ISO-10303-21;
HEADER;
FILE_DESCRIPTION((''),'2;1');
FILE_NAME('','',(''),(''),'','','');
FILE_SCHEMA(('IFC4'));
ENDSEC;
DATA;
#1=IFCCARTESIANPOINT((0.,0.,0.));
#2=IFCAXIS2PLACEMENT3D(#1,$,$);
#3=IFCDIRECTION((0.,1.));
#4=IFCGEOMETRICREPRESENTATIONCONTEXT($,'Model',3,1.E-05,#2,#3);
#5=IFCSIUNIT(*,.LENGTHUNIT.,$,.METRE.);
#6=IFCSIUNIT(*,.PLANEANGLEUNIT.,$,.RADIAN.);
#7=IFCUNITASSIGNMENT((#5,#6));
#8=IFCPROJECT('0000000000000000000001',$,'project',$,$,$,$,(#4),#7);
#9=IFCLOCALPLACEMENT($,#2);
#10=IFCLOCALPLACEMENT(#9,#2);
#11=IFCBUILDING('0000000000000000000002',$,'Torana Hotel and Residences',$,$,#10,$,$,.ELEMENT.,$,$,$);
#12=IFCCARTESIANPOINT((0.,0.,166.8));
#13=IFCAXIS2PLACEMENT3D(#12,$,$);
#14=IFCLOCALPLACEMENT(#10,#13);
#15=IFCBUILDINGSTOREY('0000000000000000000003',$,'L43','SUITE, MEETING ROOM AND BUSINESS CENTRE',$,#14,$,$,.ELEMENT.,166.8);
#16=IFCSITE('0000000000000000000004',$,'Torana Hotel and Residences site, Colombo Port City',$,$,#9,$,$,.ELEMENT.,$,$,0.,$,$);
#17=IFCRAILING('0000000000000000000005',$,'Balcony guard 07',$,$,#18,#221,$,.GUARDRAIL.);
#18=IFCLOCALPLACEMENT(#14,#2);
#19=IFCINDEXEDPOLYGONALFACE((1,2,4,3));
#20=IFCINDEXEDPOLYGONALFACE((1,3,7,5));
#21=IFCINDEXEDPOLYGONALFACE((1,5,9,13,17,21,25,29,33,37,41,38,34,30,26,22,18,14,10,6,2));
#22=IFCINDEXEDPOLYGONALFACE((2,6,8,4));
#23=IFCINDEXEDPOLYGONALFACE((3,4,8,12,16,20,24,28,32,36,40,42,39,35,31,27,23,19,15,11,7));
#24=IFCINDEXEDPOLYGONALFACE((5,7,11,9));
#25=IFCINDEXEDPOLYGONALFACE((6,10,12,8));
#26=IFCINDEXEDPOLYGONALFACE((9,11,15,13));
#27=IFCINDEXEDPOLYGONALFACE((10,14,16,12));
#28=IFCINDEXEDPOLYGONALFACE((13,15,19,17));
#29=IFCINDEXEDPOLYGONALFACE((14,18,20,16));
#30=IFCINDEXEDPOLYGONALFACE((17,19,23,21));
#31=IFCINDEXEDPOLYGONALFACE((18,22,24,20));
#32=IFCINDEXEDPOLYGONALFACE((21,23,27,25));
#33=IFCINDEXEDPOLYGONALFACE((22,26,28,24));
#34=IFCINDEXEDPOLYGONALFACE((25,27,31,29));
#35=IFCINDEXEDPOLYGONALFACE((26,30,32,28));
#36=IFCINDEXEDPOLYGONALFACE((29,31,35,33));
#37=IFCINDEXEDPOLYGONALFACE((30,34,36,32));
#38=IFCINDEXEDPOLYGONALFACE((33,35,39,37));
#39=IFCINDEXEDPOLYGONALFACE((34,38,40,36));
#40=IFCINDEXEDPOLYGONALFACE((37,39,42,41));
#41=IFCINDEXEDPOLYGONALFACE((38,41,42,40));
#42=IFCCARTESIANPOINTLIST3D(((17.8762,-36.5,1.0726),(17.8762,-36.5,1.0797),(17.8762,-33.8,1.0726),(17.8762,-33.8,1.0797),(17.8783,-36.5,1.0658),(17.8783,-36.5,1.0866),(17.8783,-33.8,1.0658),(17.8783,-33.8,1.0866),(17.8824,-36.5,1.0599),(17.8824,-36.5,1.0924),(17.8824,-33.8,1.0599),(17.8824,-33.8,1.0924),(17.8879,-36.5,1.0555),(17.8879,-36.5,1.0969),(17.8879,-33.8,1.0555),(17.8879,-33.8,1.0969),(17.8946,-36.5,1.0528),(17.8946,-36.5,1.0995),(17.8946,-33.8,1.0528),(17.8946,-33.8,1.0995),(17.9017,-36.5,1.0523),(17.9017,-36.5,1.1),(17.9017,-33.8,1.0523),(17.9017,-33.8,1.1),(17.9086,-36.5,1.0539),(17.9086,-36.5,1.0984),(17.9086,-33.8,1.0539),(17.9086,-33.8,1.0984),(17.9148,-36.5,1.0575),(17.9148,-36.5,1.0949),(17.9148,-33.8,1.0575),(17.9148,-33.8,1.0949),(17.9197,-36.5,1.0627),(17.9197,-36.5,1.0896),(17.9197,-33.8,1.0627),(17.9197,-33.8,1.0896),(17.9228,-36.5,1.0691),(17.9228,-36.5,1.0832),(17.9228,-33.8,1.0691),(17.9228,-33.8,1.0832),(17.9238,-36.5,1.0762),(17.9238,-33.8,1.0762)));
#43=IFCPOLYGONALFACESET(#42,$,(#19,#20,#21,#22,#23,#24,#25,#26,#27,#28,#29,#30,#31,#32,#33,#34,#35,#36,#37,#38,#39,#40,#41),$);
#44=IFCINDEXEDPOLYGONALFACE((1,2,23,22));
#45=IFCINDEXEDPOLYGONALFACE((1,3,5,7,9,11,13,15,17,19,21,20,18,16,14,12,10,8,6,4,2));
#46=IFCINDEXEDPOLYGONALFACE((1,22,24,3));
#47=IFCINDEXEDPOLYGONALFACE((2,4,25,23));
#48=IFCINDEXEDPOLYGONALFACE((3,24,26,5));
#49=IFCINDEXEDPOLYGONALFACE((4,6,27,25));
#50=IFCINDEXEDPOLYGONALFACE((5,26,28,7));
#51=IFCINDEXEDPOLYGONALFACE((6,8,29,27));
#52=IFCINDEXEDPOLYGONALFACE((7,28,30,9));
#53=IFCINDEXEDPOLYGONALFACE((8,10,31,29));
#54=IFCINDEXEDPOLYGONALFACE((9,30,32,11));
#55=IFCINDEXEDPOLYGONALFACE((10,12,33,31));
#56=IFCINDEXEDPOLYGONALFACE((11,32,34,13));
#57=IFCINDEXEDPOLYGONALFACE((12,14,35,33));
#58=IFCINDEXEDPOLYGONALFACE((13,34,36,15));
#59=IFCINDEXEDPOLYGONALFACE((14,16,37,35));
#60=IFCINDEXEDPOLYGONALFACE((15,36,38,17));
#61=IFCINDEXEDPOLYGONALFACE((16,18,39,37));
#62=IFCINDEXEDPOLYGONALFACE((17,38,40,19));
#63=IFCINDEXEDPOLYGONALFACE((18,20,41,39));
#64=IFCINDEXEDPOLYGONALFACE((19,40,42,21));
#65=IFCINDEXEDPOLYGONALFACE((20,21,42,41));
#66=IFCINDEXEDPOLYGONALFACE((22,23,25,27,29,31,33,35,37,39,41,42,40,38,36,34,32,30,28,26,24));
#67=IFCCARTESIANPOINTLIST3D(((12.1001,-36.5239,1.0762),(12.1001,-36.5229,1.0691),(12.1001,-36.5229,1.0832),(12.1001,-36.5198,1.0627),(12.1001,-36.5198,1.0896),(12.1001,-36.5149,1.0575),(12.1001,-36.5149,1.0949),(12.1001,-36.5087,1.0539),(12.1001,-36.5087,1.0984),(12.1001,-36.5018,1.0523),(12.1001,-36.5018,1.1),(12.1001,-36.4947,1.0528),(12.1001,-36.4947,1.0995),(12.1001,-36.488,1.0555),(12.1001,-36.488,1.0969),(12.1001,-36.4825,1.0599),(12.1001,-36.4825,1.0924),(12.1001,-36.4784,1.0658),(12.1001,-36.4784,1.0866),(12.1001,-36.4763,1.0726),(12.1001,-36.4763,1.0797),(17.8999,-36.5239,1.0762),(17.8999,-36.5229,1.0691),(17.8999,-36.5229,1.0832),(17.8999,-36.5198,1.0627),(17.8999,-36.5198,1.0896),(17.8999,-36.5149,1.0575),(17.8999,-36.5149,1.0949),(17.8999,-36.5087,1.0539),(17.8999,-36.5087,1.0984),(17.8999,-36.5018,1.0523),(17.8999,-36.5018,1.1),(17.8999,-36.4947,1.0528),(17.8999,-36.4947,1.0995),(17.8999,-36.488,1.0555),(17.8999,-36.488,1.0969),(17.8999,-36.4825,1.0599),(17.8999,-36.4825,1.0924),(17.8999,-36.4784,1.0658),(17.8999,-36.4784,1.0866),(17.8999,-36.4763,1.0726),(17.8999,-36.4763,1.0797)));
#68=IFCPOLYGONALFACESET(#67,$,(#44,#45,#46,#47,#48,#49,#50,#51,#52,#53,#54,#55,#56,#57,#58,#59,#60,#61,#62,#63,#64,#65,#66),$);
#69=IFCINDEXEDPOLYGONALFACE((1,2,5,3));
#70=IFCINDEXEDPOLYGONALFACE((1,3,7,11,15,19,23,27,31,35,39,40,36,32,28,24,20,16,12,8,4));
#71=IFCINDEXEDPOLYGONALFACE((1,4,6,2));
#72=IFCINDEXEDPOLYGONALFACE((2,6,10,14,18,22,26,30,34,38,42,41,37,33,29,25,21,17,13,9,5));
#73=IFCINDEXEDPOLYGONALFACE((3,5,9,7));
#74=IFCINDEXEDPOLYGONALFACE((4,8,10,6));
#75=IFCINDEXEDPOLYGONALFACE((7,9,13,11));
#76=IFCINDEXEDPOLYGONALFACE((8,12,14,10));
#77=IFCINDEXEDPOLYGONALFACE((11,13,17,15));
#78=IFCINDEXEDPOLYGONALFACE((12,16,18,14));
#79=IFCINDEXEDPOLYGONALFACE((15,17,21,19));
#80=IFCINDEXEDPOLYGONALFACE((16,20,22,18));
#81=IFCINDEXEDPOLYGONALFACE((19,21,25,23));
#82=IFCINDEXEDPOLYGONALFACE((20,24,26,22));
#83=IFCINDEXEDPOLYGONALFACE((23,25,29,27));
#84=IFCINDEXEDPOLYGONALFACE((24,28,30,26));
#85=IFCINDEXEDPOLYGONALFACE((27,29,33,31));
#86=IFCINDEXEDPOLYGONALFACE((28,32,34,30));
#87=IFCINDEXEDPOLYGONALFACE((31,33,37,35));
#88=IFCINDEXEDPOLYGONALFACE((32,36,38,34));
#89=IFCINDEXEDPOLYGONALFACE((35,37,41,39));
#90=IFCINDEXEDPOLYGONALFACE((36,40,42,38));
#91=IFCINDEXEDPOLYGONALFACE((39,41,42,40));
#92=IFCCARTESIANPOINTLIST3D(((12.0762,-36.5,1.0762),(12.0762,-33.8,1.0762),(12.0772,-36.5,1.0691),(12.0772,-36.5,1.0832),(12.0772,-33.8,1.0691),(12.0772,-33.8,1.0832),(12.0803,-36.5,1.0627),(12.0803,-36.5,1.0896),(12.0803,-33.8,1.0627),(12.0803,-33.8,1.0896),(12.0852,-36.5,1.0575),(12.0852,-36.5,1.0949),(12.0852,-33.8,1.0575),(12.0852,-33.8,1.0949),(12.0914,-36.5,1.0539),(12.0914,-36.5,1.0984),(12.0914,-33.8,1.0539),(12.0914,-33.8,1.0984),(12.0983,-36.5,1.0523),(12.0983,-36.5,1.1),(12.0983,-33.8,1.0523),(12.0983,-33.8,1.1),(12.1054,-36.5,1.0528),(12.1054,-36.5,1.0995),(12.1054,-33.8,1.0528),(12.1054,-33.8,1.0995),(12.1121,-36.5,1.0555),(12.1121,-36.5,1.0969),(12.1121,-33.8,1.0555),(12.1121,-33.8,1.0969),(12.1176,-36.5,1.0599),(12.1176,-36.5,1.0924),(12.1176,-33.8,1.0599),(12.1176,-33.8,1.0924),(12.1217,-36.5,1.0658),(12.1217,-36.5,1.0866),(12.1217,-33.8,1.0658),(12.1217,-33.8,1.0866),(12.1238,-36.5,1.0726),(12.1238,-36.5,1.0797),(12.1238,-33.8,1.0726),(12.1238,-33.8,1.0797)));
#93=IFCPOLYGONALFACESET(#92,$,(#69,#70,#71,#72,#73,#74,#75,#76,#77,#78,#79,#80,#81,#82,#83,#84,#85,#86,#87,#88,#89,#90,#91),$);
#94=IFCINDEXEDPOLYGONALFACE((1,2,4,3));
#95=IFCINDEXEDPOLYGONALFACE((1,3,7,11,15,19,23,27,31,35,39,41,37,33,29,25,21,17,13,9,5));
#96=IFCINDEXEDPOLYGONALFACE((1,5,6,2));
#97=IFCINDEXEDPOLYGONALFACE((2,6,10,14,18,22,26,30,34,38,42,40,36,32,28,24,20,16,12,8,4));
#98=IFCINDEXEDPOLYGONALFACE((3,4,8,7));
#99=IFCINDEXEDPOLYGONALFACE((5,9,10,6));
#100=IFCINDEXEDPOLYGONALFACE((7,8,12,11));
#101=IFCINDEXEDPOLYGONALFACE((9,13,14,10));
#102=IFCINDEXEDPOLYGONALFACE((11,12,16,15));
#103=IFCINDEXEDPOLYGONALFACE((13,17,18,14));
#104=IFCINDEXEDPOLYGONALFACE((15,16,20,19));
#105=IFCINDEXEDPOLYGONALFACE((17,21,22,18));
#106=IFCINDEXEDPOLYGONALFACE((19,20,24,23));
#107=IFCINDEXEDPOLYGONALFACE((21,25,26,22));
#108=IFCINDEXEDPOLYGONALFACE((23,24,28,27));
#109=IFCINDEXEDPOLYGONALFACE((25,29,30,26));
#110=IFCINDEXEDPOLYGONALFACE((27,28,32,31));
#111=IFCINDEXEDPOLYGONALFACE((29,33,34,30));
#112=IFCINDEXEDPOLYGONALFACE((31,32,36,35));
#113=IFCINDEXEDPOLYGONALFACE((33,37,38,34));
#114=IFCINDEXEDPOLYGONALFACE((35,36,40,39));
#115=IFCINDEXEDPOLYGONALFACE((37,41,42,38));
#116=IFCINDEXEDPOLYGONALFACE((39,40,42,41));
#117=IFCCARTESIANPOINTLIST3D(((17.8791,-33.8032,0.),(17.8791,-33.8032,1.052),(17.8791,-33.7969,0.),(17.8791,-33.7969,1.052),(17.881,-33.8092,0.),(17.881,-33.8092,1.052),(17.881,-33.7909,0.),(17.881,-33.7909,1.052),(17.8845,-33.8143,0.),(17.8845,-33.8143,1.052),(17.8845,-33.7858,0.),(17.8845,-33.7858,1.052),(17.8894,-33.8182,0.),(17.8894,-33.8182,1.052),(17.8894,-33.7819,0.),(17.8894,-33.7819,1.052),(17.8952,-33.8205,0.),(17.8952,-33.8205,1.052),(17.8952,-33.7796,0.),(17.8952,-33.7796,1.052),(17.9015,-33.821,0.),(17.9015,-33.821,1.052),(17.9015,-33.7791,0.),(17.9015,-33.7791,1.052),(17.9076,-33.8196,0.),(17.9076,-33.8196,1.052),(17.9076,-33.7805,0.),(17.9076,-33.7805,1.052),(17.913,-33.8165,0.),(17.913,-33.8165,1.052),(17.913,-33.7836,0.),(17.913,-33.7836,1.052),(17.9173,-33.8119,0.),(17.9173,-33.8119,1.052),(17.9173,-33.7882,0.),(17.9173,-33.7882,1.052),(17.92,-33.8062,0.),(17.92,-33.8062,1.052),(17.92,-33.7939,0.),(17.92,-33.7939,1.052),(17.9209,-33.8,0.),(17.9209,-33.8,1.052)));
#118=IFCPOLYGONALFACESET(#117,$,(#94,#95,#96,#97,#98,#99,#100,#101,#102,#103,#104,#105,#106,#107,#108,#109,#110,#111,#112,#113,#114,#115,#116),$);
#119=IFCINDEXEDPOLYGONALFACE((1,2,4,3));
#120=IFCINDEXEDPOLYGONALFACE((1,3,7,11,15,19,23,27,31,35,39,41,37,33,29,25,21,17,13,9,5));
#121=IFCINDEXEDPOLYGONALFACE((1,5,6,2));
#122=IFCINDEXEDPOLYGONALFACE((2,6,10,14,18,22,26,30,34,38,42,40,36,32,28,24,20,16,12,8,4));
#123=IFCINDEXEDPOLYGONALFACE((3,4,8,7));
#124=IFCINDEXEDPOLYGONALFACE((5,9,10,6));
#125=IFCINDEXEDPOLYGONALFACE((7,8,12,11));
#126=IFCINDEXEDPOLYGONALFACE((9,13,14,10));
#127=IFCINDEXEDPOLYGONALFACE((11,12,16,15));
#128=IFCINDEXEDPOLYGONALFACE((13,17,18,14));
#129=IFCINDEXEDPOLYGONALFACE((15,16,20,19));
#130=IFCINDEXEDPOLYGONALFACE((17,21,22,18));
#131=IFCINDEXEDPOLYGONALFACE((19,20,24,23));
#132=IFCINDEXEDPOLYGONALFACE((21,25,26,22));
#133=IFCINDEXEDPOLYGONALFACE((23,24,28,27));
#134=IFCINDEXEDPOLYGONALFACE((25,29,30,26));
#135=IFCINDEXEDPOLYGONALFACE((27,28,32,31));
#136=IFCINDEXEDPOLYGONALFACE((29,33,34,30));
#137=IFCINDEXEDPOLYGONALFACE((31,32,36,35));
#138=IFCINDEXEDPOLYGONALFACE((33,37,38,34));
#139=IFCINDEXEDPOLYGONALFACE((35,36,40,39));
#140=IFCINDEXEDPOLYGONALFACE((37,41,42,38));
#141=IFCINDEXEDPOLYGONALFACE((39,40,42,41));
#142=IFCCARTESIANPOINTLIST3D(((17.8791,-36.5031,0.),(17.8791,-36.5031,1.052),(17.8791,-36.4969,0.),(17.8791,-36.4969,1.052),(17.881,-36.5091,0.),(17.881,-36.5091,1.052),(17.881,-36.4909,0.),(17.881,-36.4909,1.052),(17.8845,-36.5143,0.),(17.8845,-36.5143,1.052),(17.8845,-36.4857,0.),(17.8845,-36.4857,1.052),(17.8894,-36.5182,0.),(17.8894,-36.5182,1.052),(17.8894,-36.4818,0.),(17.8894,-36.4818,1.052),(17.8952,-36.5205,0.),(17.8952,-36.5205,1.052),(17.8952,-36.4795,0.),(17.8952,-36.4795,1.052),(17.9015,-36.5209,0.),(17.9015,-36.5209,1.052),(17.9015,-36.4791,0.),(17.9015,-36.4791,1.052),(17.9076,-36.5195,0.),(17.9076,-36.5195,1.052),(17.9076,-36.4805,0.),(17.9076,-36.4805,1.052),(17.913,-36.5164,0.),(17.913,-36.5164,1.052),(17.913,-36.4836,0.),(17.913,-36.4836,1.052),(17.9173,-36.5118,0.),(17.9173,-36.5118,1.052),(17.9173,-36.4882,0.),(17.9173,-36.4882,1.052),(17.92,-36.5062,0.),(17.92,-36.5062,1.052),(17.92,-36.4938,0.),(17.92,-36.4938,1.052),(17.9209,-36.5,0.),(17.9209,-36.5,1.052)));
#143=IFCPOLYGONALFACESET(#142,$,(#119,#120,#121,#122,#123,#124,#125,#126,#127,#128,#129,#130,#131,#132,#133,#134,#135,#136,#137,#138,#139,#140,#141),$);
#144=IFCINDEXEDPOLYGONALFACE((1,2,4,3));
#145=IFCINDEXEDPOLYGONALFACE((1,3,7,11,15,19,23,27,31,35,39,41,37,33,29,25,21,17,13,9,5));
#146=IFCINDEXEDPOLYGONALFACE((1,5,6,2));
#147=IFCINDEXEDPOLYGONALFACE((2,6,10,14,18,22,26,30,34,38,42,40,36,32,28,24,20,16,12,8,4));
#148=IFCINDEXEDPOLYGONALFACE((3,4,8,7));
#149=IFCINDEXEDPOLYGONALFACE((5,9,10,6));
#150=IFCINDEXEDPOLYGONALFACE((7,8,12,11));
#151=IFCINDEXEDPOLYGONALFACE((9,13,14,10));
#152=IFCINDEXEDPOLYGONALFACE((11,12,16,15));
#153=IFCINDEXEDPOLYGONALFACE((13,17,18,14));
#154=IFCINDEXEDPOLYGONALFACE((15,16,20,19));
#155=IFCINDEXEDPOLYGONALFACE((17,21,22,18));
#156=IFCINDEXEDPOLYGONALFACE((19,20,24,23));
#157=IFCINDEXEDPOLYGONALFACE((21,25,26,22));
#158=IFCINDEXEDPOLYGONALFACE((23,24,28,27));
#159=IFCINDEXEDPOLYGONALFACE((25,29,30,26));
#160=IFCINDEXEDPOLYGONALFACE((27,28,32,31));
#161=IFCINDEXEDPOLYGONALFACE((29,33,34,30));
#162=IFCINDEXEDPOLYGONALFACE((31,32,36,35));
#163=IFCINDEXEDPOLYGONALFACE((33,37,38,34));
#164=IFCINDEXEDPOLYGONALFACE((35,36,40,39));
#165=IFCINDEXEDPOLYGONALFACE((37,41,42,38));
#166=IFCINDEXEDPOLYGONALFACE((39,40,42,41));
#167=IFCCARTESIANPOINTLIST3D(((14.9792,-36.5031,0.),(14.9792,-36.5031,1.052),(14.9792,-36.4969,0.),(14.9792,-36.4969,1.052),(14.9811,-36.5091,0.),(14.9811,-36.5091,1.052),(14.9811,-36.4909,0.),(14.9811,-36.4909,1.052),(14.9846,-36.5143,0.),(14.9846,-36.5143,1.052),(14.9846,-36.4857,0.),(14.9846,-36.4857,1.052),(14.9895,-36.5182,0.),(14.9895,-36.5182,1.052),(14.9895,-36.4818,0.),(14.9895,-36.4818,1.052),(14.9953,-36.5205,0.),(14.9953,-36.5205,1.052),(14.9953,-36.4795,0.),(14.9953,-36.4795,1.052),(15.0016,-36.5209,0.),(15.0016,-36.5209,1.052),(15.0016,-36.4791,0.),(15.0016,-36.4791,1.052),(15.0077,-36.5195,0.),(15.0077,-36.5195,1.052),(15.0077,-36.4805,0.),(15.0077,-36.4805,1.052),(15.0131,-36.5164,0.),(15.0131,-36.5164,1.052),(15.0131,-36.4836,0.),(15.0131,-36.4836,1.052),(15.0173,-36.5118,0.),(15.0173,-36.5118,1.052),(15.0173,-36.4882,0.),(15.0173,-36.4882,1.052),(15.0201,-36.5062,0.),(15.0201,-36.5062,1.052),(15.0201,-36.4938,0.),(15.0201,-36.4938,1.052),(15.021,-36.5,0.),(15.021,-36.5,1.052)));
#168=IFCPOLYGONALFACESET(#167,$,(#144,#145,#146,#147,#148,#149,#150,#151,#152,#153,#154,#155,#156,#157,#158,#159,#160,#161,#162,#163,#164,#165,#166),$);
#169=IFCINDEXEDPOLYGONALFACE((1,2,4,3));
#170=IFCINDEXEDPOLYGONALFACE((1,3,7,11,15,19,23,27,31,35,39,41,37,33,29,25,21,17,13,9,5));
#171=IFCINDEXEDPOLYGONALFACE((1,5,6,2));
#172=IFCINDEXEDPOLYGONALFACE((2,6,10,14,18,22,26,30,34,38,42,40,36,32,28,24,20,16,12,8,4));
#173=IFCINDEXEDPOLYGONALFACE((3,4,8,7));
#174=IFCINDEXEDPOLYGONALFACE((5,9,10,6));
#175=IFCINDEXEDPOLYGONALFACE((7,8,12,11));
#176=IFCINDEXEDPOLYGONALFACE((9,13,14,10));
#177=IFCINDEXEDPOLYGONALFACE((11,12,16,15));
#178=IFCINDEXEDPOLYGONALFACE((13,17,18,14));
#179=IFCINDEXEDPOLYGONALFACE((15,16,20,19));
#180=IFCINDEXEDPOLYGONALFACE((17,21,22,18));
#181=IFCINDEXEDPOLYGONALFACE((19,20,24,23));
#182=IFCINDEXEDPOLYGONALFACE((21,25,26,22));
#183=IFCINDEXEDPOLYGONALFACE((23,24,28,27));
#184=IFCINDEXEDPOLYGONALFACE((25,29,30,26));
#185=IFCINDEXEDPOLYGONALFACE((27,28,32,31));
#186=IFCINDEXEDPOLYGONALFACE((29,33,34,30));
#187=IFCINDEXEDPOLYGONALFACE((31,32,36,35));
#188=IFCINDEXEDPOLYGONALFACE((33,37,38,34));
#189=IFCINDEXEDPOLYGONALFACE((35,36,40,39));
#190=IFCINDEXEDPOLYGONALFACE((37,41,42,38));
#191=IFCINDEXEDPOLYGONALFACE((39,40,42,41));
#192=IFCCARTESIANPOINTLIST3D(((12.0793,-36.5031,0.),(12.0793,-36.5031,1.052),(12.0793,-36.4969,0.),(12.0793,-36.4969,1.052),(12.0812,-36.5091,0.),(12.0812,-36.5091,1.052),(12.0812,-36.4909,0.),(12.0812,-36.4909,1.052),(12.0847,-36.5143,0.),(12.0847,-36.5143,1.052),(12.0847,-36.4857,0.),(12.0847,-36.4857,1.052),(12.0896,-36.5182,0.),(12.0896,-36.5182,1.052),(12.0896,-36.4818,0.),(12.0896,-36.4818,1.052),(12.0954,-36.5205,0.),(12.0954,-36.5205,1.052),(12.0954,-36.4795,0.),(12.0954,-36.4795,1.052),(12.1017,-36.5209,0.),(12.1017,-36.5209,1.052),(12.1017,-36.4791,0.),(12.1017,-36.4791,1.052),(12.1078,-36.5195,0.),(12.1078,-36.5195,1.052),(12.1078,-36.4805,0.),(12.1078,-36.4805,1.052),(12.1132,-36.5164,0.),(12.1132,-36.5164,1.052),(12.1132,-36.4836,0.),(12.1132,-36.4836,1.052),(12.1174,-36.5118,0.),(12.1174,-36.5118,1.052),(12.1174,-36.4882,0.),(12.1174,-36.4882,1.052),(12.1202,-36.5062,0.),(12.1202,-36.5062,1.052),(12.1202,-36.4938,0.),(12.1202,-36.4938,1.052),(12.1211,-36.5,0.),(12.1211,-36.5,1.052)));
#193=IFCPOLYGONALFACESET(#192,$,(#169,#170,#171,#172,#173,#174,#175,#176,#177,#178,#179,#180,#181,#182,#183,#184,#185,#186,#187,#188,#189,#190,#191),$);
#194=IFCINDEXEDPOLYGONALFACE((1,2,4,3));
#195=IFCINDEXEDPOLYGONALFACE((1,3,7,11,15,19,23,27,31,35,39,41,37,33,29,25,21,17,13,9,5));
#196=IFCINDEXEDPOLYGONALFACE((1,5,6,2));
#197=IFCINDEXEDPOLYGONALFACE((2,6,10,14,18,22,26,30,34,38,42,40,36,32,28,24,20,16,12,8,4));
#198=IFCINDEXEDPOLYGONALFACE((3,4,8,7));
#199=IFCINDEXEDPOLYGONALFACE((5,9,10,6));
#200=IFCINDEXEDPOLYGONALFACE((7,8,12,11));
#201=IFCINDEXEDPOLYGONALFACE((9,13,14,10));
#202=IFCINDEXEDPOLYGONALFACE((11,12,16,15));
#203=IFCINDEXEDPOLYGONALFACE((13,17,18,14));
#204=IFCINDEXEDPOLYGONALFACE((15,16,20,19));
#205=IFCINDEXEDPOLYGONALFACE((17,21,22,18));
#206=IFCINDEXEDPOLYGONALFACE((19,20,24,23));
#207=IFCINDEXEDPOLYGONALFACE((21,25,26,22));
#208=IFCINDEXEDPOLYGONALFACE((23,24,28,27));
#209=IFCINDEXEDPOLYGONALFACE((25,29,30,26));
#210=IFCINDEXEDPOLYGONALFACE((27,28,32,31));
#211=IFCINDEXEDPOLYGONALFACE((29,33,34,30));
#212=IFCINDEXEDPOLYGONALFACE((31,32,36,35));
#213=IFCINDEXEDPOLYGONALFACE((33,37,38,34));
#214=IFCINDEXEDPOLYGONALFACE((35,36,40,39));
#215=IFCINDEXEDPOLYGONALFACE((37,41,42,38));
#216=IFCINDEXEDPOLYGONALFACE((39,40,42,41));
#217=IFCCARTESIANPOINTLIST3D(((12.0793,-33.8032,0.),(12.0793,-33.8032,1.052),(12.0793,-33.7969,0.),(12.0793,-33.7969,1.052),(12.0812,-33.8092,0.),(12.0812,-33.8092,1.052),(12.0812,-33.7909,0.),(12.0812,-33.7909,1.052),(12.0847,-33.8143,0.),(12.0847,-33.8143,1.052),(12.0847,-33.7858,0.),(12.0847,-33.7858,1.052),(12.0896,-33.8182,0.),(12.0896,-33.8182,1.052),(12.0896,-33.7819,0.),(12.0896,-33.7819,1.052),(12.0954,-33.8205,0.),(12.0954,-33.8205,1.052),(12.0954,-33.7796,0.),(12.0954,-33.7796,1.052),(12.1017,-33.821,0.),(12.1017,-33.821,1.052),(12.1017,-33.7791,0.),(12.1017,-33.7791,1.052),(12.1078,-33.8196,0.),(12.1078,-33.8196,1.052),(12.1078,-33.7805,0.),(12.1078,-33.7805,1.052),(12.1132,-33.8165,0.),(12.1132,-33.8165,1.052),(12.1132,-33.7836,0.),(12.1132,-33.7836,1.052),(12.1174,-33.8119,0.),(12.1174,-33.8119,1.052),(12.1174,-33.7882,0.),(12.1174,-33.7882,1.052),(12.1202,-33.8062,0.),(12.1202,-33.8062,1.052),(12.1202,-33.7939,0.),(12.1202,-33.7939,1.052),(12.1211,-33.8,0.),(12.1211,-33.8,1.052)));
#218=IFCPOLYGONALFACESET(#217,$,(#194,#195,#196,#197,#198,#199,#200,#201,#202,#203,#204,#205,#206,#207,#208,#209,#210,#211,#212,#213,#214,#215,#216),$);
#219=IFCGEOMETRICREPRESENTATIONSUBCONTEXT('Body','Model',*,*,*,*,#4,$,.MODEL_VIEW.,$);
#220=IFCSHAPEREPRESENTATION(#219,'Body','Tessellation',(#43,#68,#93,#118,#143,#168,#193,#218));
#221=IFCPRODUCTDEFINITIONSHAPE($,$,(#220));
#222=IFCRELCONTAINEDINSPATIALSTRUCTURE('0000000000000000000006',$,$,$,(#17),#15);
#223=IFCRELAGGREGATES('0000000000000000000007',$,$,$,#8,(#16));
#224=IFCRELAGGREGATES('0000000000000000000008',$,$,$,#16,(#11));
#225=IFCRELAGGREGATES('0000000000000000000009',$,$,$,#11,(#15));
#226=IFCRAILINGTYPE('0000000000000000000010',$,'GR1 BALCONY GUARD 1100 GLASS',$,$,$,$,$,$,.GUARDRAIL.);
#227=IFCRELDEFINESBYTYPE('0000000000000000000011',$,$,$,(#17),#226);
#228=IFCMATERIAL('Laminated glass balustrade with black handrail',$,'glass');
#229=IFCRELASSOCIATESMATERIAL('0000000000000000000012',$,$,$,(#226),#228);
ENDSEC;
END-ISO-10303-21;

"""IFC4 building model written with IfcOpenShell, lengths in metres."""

from ifc_helpers import new_model, si_unit, direction, frame, origin, origin_2d, place, context, subcontext, project, spatial, circle, extrude, material, type_object, element, save


model = new_model("IFC4")

# Units and contexts
model_context = context("Model", 3, precision=1e-05, world=origin(), true_north=direction((0.0, 1.0)))
body_context = subcontext(model_context, "Body", "Model", "MODEL_VIEW")
ifc_project = project(units=[si_unit("LENGTHUNIT", "METRE"), si_unit("PLANEANGLEUNIT", "RADIAN")], contexts=[model_context])

# Site, building, storey
site_placement = place(None, origin())
site = spatial("IfcSite", under=ifc_project, at=site_placement, Name="Torana Hotel and Residences site, Colombo Port City", CompositionType="ELEMENT", RefElevation=0.0)
building_placement = place(site_placement, origin())
building = spatial("IfcBuilding", under=site, at=building_placement, Name="Torana Hotel and Residences", CompositionType="ELEMENT")
storey_placement = place(building_placement, frame((0.0, 0.0, 166.8)))
storey = spatial("IfcBuildingStorey", under=building, at=storey_placement, Name="L43", Description="SUITE, MEETING ROOM AND BUSINESS CENTRE", CompositionType="ELEMENT", Elevation=166.8)

# Railing
ifc_material_1 = material(Name="Laminated glass balustrade with black handrail", Category="glass")
railing_type = type_object("IfcRailingType", Name="GR1 BALCONY GUARD 1100 GLASS", PredefinedType="GUARDRAIL", material=ifc_material_1)
railing_1_placement = place(storey_placement, frame((17.8999, -33.8, 0.0)))
element("IfcRailing", 1, at=railing_1_placement, inside=storey, type_object=railing_type, Name="Balcony guard 07", PredefinedType="GUARDRAIL", context=body_context, shape_type="SweptSolid", body=[
    extrude(circle(Radius=0.0239, at=origin_2d()), frame((0.0, 0.0, 1.0762), z_axis=(0.0, -1.0, 0.0), x_axis=(1.0, 0.0, 0.0)), (0.0, 0.0, 1.0), 2.7),
    extrude(circle(Radius=0.0239, at=origin_2d()), frame((0.0, -2.7, 1.0762), z_axis=(-1.0, 0.0, 0.0), x_axis=(0.0, -1.0, 0.0)), (0.0, 0.0, 1.0), 5.7998),
    extrude(circle(Radius=0.0239, at=origin_2d()), frame((-5.7998, -2.7, 1.0762), z_axis=(0.0, 1.0, 0.0), x_axis=(-1.0, 0.0, 0.0)), (0.0, 0.0, 1.0), 2.7),
    extrude(circle(Radius=0.021, at=origin_2d()), origin(), (0.0, 0.0, 1.0), 1.052),
    extrude(circle(Radius=0.021, at=origin_2d()), frame((0.0, -2.7, 0.0)), (0.0, 0.0, 1.0), 1.052),
    extrude(circle(Radius=0.021, at=origin_2d()), frame((-2.8999, -2.7, 0.0)), (0.0, 0.0, 1.0), 1.052),
    extrude(circle(Radius=0.021, at=origin_2d()), frame((-5.7998, -2.7, 0.0)), (0.0, 0.0, 1.0), 1.052),
    extrude(circle(Radius=0.021, at=origin_2d()), frame((-5.7998, 0.0, 0.0)), (0.0, 0.0, 1.0), 1.052),
])

save(model, "model.ifc")
